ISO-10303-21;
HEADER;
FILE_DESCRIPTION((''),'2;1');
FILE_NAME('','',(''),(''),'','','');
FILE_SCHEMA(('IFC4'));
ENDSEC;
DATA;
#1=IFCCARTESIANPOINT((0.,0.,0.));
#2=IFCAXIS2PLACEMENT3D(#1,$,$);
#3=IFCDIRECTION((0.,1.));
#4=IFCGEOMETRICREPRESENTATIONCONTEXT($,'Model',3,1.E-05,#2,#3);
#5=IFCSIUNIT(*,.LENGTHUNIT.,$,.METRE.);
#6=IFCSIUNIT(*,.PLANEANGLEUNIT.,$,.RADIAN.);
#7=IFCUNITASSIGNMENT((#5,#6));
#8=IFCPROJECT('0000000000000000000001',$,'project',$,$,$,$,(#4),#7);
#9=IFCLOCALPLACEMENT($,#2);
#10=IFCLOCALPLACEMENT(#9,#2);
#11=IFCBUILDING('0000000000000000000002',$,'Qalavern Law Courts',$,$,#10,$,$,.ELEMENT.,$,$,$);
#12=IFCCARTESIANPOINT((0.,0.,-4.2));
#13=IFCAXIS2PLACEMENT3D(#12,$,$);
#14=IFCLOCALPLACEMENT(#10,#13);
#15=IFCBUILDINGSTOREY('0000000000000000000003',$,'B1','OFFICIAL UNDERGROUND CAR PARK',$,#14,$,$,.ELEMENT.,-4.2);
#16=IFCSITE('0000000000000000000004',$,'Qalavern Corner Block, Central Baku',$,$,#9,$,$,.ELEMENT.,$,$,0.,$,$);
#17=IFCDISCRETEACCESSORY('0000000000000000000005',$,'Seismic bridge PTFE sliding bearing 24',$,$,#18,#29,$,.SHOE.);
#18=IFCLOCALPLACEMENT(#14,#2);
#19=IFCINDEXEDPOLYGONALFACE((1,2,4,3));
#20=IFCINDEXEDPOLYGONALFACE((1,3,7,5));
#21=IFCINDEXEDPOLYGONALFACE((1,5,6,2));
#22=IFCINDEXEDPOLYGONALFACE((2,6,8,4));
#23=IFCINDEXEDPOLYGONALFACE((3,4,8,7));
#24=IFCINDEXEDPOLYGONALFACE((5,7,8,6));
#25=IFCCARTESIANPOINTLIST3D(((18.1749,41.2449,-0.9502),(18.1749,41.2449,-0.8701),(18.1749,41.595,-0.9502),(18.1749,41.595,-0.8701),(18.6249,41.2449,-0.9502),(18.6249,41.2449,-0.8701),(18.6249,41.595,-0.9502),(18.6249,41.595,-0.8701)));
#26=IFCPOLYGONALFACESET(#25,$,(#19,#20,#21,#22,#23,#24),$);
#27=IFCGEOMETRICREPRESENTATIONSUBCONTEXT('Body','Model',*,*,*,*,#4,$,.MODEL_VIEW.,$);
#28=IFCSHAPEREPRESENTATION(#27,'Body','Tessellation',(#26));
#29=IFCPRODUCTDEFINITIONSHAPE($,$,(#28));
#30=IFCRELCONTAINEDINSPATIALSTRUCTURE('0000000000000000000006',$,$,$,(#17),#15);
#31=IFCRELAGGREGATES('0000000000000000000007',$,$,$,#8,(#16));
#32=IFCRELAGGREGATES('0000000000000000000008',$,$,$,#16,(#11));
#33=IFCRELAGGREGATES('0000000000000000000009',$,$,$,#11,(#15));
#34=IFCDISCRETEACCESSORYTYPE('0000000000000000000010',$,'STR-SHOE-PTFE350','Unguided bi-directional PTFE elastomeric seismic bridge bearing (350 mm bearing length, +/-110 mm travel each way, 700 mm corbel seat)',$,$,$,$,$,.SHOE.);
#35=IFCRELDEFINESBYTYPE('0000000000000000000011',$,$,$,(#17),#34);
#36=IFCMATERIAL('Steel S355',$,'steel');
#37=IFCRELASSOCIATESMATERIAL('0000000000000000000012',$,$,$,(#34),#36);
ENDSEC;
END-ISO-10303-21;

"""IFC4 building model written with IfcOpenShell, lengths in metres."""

from ifc_helpers import new_model, si_unit, direction, frame, origin, origin_2d, place, context, subcontext, project, spatial, rectangle, extrude, material, type_object, element, save


model = new_model("IFC4")

# Units and contexts
model_context = context("Model", 3, precision=1e-05, world=origin(), true_north=direction((0.0, 1.0)))
body_context = subcontext(model_context, "Body", "Model", "MODEL_VIEW")
ifc_project = project(units=[si_unit("LENGTHUNIT", "METRE"), si_unit("PLANEANGLEUNIT", "RADIAN")], contexts=[model_context])

# Site, building, storey
site_placement = place(None, origin())
site = spatial("IfcSite", under=ifc_project, at=site_placement, Name="Qalavern Corner Block, Central Baku", CompositionType="ELEMENT", RefElevation=0.0)
building_placement = place(site_placement, origin())
building = spatial("IfcBuilding", under=site, at=building_placement, Name="Qalavern Law Courts", CompositionType="ELEMENT")
storey_placement = place(building_placement, frame((0.0, 0.0, -4.2)))
storey = spatial("IfcBuildingStorey", under=building, at=storey_placement, Name="B1", Description="OFFICIAL UNDERGROUND CAR PARK", CompositionType="ELEMENT", Elevation=-4.2)

# Shared definitions
ifc_material_1 = material(Name="Steel S355", Category="steel")

# Discrete accessory
discrete_accessory_type_1 = type_object("IfcDiscreteAccessoryType", Name="STR-SHOE-PTFE350", Description="Unguided bi-directional PTFE elastomeric seismic bridge bearing (350 mm bearing length, +/-110 mm travel each way, 700 mm corbel seat)", PredefinedType="SHOE", material=ifc_material_1)
for number, where, z_axis, x_axis, name in (
    (1, (18.3999, 41.4199, -0.9502), (0.0, 0.0, 1.0), (1.0, 0.0, 0.0), "Seismic bridge PTFE sliding bearing 24"),
):
    element("IfcDiscreteAccessory", number, at=place(storey_placement, frame(where, z_axis=z_axis, x_axis=x_axis)), inside=storey, type_object=discrete_accessory_type_1, Name=name, PredefinedType="SHOE", context=body_context, shape_type="SweptSolid", body=[
        extrude(rectangle(XDim=0.45, YDim=0.3501, at=origin_2d()), origin(), (0.0, 0.0, 1.0), 0.0801),
    ])

save(model, "model.ifc")
